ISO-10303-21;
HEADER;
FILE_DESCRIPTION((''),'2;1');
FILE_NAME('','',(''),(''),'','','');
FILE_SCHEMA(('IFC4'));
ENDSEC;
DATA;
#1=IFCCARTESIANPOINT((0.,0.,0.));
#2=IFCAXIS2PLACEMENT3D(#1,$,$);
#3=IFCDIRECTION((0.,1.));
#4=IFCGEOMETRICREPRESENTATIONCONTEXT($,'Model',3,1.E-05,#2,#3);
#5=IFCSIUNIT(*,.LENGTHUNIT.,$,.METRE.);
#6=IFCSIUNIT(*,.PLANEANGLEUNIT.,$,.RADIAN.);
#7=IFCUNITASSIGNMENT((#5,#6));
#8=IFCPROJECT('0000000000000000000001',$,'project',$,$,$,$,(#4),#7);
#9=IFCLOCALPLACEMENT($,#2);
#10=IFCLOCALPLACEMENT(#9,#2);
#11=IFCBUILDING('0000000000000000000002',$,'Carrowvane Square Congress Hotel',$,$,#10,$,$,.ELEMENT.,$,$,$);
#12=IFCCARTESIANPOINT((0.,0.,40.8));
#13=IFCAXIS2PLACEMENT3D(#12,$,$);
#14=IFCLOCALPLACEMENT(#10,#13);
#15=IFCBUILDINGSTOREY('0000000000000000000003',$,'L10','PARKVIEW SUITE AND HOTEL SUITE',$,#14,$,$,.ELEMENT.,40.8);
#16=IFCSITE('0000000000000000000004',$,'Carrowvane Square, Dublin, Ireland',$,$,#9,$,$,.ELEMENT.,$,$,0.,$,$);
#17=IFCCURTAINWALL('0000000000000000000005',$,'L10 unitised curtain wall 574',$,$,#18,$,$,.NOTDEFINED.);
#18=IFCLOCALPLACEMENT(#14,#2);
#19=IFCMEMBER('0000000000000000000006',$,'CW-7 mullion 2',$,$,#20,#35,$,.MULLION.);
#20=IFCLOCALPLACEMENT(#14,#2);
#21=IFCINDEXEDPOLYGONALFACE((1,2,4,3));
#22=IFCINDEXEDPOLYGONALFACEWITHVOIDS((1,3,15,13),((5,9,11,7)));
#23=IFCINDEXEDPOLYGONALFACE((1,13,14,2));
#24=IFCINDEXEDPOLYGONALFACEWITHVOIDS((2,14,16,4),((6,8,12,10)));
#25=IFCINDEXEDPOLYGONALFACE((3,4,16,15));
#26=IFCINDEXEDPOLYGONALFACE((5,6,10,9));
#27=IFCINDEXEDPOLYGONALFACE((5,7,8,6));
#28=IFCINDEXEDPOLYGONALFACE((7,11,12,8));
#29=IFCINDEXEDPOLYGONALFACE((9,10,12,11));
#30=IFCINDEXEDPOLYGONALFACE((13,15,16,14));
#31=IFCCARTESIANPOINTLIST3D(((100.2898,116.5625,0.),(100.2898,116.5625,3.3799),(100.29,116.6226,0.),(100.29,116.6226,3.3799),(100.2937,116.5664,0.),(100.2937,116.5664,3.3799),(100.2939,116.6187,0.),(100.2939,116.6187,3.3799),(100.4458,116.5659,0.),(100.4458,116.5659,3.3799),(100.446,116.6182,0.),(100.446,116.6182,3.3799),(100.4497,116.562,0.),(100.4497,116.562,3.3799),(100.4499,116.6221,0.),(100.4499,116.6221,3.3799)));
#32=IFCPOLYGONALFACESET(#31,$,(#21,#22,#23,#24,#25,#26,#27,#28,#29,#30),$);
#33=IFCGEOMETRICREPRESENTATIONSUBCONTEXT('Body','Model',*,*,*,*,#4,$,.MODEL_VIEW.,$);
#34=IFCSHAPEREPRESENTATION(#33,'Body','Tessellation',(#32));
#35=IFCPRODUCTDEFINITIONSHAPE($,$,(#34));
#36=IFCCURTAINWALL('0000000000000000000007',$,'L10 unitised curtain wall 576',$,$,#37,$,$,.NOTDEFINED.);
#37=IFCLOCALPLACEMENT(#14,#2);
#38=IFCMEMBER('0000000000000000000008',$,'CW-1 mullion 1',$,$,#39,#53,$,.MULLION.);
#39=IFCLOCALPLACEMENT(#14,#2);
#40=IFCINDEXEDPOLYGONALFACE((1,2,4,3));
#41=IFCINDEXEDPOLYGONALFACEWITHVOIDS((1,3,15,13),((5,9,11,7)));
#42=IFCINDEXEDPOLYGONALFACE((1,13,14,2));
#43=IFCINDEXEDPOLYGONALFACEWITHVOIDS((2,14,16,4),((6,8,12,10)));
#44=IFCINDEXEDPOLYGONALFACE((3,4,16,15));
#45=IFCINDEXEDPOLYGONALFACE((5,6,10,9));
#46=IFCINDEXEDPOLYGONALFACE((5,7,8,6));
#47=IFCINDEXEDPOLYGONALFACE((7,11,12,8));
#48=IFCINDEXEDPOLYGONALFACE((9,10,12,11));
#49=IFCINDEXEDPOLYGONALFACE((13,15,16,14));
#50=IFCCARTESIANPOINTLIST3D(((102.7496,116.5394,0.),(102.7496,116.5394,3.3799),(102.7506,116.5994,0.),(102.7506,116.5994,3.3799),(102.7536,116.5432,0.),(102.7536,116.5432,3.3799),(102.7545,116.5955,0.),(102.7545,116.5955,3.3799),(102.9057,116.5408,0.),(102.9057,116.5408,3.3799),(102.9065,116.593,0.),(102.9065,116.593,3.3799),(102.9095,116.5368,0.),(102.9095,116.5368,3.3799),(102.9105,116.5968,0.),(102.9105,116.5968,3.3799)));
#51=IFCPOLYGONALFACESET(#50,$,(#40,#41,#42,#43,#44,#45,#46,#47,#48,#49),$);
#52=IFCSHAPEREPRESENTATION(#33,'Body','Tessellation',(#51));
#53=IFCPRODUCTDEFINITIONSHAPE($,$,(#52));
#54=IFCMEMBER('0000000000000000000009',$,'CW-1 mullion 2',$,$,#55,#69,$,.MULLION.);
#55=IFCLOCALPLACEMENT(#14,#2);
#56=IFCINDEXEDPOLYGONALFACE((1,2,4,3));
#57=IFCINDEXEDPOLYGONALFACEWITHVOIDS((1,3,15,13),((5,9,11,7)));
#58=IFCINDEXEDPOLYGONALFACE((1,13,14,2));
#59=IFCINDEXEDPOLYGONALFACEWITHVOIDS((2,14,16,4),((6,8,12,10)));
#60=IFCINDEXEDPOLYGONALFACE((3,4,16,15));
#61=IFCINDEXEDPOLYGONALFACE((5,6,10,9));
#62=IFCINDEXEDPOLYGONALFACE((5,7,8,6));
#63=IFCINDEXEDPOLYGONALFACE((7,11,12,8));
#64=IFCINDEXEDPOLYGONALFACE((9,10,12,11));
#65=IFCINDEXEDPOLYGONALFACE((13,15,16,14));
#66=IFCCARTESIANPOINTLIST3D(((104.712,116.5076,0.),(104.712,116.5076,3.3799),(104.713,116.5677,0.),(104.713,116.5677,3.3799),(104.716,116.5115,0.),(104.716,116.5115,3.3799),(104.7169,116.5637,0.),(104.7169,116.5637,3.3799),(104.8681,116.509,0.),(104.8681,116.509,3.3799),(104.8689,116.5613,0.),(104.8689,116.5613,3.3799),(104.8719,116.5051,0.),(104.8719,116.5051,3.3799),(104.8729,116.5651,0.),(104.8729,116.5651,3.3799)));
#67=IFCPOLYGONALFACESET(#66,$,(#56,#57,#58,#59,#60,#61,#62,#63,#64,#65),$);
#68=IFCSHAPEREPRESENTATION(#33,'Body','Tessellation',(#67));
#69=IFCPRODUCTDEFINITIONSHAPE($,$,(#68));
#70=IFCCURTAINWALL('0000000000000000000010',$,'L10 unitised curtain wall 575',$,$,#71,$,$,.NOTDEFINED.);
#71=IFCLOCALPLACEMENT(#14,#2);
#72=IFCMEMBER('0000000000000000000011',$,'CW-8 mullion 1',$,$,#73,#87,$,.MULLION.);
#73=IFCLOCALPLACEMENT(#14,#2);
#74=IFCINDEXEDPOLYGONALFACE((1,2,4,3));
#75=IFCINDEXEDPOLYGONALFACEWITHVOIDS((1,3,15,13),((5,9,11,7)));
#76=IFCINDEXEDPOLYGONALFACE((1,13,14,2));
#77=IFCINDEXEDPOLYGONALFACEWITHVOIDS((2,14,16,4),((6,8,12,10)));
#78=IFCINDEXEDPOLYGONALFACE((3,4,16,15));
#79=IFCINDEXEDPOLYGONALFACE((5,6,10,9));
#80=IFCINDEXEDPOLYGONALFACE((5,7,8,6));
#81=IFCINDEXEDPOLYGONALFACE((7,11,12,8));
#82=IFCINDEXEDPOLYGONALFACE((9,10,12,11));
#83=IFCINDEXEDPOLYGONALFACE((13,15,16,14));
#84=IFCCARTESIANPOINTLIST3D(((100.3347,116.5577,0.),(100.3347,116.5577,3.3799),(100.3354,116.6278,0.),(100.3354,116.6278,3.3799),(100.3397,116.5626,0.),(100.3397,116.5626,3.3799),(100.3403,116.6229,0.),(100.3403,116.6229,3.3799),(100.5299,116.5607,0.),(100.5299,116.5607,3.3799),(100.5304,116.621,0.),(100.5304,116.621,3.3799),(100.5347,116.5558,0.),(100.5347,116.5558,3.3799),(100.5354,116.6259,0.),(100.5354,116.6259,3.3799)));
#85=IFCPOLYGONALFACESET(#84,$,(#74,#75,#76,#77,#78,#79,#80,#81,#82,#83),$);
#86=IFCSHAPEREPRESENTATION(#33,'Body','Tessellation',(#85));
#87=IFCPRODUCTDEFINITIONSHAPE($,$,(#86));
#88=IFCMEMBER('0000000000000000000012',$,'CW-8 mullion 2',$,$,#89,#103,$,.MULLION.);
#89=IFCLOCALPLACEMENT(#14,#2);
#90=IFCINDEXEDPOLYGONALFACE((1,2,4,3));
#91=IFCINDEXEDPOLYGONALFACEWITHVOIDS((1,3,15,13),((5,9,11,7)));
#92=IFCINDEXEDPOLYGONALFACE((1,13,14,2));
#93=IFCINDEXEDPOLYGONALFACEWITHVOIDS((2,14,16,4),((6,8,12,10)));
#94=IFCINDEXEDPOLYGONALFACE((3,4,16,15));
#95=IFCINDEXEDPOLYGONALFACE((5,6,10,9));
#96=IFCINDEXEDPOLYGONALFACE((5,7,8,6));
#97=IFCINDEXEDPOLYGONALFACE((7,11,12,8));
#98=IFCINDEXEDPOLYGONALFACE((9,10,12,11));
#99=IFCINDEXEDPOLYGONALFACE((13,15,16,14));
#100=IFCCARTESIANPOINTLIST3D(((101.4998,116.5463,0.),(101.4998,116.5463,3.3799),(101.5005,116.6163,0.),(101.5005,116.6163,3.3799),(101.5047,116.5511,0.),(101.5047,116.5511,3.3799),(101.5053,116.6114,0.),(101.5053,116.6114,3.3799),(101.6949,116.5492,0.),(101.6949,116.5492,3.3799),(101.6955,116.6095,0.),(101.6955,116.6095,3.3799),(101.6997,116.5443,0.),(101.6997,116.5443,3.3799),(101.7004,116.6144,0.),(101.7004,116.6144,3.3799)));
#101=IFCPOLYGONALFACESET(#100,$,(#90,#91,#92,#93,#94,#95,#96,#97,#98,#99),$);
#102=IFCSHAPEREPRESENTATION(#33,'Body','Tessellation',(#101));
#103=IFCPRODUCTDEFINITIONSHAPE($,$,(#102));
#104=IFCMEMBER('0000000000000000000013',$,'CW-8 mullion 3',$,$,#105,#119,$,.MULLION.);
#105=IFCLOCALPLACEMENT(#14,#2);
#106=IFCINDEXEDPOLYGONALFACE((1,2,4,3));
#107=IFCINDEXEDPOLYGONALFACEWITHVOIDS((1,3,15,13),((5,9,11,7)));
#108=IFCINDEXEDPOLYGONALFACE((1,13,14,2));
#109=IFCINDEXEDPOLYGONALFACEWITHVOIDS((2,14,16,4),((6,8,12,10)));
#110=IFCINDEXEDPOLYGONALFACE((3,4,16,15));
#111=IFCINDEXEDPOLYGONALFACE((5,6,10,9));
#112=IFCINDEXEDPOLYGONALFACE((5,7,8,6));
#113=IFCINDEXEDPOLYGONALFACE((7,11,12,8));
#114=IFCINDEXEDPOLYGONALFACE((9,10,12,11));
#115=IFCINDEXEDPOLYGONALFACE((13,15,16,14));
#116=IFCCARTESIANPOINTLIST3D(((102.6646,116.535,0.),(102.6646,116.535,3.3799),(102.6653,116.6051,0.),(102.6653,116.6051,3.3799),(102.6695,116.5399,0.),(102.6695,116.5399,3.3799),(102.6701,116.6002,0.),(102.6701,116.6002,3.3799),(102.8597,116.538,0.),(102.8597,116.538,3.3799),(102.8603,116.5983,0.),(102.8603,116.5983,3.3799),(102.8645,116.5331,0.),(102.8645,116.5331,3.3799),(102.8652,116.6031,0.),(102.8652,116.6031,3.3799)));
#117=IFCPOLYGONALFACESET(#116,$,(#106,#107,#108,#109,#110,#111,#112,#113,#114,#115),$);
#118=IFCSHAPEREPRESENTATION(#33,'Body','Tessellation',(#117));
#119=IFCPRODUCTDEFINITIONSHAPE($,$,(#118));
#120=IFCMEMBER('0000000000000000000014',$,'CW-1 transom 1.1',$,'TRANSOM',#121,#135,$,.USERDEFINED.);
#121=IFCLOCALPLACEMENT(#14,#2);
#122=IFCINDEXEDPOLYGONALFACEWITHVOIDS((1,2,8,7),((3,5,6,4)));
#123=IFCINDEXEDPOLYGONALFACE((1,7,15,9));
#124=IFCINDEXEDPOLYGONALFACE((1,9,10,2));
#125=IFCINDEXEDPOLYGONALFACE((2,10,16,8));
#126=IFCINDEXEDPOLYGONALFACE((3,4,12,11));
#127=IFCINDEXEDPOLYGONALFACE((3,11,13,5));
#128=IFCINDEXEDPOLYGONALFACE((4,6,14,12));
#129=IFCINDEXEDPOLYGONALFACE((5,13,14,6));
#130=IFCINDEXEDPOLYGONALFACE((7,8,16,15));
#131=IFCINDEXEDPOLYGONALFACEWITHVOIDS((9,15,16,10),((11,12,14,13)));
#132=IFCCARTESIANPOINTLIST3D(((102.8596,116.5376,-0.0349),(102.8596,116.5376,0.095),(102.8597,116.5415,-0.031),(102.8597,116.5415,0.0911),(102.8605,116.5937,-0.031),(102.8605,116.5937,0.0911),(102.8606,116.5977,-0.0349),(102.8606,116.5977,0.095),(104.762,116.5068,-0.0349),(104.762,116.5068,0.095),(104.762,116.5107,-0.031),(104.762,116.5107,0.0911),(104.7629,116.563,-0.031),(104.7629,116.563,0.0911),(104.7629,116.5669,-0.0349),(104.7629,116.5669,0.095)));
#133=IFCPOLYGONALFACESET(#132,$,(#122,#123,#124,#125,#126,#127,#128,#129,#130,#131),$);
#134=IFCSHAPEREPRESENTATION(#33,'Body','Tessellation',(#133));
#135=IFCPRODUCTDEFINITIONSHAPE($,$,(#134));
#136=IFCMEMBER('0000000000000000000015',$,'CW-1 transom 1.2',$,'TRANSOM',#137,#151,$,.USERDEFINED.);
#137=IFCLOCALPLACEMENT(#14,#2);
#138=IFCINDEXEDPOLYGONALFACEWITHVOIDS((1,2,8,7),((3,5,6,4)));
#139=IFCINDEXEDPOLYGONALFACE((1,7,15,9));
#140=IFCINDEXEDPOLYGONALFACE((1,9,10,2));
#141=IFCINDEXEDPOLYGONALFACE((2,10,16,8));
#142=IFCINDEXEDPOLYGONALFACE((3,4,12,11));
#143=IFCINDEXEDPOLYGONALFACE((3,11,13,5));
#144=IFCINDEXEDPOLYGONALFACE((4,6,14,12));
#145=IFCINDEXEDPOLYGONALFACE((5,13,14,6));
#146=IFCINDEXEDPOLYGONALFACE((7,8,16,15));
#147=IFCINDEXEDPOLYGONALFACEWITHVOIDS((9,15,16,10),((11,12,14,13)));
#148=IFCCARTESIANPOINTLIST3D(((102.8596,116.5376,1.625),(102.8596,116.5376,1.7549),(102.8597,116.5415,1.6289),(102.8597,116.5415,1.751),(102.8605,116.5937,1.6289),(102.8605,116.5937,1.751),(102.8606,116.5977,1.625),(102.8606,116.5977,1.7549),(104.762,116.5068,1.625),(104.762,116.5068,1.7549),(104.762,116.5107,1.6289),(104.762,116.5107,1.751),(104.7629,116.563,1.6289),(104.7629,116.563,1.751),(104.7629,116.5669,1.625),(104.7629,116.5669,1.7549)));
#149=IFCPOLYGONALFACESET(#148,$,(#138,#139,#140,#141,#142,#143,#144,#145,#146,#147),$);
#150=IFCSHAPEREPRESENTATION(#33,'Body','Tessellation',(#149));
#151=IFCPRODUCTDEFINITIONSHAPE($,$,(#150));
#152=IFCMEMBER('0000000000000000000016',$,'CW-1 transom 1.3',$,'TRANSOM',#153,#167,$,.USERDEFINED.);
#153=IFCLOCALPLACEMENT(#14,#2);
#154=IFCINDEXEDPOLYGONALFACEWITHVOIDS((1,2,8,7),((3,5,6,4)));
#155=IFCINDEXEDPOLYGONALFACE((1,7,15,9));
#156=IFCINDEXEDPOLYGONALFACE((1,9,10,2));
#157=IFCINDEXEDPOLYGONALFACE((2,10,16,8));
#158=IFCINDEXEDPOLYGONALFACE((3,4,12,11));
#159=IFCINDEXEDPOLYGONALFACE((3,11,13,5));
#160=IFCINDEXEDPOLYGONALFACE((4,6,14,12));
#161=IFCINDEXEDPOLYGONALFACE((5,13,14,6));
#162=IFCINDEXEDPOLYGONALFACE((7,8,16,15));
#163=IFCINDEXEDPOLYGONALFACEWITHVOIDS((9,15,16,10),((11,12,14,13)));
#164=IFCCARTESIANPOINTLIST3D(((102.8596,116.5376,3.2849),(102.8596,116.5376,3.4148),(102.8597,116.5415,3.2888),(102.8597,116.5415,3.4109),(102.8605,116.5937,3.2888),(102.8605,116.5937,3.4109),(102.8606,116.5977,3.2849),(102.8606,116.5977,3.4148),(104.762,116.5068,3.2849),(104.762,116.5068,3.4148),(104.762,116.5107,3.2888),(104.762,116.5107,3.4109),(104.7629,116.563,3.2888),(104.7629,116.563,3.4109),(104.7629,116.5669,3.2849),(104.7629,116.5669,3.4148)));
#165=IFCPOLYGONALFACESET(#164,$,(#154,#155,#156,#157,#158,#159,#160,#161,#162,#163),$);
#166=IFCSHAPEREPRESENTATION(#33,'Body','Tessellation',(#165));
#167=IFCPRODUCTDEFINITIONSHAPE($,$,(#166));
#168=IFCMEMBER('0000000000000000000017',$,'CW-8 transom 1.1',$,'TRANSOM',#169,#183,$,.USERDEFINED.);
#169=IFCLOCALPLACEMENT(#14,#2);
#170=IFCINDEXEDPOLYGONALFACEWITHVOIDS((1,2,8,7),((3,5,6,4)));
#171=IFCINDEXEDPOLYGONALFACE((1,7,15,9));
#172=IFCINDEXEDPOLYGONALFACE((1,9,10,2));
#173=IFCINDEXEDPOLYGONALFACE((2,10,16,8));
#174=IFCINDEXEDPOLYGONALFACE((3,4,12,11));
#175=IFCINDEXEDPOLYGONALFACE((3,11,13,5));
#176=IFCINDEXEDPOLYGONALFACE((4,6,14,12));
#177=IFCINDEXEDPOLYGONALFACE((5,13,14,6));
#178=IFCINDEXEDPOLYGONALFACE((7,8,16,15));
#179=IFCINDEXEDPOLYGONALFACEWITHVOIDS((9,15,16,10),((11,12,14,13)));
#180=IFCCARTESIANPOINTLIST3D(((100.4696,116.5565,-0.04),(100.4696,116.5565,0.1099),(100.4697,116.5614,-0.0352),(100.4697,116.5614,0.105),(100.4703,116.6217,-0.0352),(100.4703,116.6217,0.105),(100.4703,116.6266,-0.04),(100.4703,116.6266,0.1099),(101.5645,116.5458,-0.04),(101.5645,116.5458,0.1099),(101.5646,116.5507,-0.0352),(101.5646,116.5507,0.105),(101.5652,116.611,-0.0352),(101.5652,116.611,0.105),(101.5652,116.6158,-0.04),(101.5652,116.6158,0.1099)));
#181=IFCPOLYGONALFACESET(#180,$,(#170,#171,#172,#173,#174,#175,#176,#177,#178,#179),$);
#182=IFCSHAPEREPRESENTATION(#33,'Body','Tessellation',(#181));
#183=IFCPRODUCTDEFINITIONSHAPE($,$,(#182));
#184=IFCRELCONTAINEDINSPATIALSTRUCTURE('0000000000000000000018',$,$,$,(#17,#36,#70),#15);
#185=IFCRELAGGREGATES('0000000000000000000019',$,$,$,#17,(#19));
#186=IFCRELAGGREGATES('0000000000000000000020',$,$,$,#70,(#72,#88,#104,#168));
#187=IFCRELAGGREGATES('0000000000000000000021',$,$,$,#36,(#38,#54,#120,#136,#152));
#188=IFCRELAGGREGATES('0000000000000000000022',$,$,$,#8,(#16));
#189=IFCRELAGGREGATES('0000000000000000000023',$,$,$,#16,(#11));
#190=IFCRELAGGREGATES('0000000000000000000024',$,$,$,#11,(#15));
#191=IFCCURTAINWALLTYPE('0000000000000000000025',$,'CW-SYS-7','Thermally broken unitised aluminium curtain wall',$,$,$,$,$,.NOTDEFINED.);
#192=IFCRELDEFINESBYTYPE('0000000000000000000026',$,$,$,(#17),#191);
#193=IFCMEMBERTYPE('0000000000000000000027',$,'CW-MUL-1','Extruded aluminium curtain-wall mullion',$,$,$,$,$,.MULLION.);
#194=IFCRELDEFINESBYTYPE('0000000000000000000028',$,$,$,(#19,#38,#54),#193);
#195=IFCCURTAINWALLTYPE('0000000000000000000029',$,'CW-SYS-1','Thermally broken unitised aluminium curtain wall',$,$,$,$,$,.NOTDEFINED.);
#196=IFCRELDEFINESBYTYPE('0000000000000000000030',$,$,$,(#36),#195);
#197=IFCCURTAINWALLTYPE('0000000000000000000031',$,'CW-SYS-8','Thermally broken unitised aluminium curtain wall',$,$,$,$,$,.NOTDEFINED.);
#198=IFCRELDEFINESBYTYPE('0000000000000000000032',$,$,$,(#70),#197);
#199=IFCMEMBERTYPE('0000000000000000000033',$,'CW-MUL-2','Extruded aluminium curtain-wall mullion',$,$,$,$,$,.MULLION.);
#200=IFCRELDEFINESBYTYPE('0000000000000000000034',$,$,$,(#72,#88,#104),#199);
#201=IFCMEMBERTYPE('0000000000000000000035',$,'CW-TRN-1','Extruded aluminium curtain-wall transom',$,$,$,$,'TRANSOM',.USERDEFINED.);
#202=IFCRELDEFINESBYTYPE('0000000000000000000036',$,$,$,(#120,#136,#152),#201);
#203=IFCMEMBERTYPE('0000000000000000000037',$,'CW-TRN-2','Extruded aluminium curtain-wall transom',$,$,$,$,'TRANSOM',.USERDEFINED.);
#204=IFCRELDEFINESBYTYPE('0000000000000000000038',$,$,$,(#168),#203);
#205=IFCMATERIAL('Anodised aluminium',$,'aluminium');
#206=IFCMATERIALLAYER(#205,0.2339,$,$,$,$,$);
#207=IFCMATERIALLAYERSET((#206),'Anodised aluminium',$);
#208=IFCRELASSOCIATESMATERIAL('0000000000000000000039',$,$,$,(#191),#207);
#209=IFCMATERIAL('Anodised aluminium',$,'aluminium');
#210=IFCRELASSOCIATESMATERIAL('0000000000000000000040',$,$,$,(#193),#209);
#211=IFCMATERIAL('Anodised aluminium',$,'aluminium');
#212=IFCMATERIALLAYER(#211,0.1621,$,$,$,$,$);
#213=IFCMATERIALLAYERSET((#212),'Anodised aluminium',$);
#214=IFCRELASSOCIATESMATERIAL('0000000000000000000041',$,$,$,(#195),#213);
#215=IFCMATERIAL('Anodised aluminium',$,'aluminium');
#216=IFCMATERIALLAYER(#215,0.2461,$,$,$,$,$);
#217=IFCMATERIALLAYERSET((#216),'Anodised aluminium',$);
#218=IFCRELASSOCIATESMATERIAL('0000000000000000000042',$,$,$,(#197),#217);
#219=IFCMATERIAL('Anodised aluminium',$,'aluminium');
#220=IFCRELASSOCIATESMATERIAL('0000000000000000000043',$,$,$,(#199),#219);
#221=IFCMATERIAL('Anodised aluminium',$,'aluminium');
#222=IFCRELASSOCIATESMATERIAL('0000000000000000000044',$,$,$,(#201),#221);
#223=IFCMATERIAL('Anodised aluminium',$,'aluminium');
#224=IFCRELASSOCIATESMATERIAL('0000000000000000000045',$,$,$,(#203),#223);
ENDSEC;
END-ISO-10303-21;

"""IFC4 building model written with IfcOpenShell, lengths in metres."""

from ifc_helpers import new_model, si_unit, direction, frame, origin, origin_2d, place, context, subcontext, project, spatial, hollow_rectangle, extrude, material, layer, layer_set, material_profile, profile_set, type_object, element, aggregate, save


model = new_model("IFC4")

# Units and contexts
model_context = context("Model", 3, precision=1e-05, world=origin(), true_north=direction((0.0, 1.0)))
body_context = subcontext(model_context, "Body", "Model", "MODEL_VIEW")
ifc_project = project(units=[si_unit("LENGTHUNIT", "METRE"), si_unit("PLANEANGLEUNIT", "RADIAN")], contexts=[model_context])

# Site, building, storey
site_placement = place(None, origin())
site = spatial("IfcSite", under=ifc_project, at=site_placement, Name="Carrowvane Square, Dublin, Ireland", CompositionType="ELEMENT", RefElevation=0.0)
building_placement = place(site_placement, origin())
building = spatial("IfcBuilding", under=site, at=building_placement, Name="Carrowvane Square Congress Hotel", CompositionType="ELEMENT")
storey_placement = place(building_placement, frame((0.0, 0.0, 40.8)))
storey = spatial("IfcBuildingStorey", under=building, at=storey_placement, Name="L10", Description="PARKVIEW SUITE AND HOTEL SUITE", CompositionType="ELEMENT", Elevation=40.8)

# Curtain wall, member
ifc_material_1 = material(Name="Anodised aluminium", Category="aluminium")
ifc_layer_1 = layer(ifc_material_1, 0.2339)
ifc_layer_set_1 = layer_set([ifc_layer_1], Name="Anodised aluminium")
curtain_wall_type_1 = type_object("IfcCurtainWallType", Name="CW-SYS-7", Description="Thermally broken unitised aluminium curtain wall", PredefinedType="NOTDEFINED", material=ifc_layer_set_1)
curtain_wall_1_placement = place(storey_placement, origin())
curtain_wall_1 = element("IfcCurtainWall", 1, at=curtain_wall_1_placement, inside=storey, type_object=curtain_wall_type_1, Name="L10 unitised curtain wall 574", PredefinedType="NOTDEFINED")
ifc_material_2 = material(Name="Anodised aluminium", Category="aluminium")
ifc_material_profile_1 = material_profile(ifc_material_2, hollow_rectangle(XDim=0.0601, YDim=0.1599, WallThickness=0.0039, at=origin_2d()), Name="CW-ML 60x160x4")
ifc_profile_set_1 = profile_set([ifc_material_profile_1], Name="Anodised aluminium")
member_type_1 = type_object("IfcMemberType", Name="CW-MUL-1", Description="Extruded aluminium curtain-wall mullion", PredefinedType="MULLION", material=ifc_profile_set_1)
member_1_placement = place(storey_placement, frame((100.3699, 116.5923, 0.0), z_axis=(0.0, 0.0, 1.0), x_axis=(0.00327, 0.999995, 0.0)))
member_1 = element("IfcMember", 2, at=member_1_placement, type_object=member_type_1, Name="CW-7 mullion 2", PredefinedType="MULLION", context=body_context, shape_type="SweptSolid", body=[
    extrude(hollow_rectangle(XDim=0.0601, YDim=0.1599, WallThickness=0.0039, at=origin_2d()), origin(), (0.0, 0.0, 1.0), 3.3799),
])
aggregate(curtain_wall_1, [member_1])

# Curtain walls, members
ifc_material_3 = material(Name="Anodised aluminium", Category="aluminium")
ifc_layer_2 = layer(ifc_material_3, 0.1621)
ifc_layer_set_2 = layer_set([ifc_layer_2], Name="Anodised aluminium")
curtain_wall_type_2 = type_object("IfcCurtainWallType", Name="CW-SYS-1", Description="Thermally broken unitised aluminium curtain wall", PredefinedType="NOTDEFINED", material=ifc_layer_set_2)
curtain_wall_2_placement = place(storey_placement, origin())
curtain_wall_2 = element("IfcCurtainWall", 3, at=curtain_wall_2_placement, inside=storey, type_object=curtain_wall_type_2, Name="L10 unitised curtain wall 576", PredefinedType="NOTDEFINED")
member_2_placement = place(storey_placement, frame((102.8301, 116.5681, 0.0), z_axis=(0.0, 0.0, 1.0), x_axis=(0.016216, 0.999869, 0.0)))
member_2 = element("IfcMember", 4, at=member_2_placement, type_object=member_type_1, Name="CW-1 mullion 1", PredefinedType="MULLION", context=body_context, shape_type="SweptSolid", body=[
    extrude(hollow_rectangle(XDim=0.0601, YDim=0.1599, WallThickness=0.0039, at=origin_2d()), origin(), (0.0, 0.0, 1.0), 3.3799),
])
member_3_placement = place(storey_placement, frame((104.7925, 116.5364, 0.0), z_axis=(0.0, 0.0, 1.0), x_axis=(0.016216, 0.999869, 0.0)))
member_3 = element("IfcMember", 5, at=member_3_placement, type_object=member_type_1, Name="CW-1 mullion 2", PredefinedType="MULLION", context=body_context, shape_type="SweptSolid", body=[
    extrude(hollow_rectangle(XDim=0.0601, YDim=0.1599, WallThickness=0.0039, at=origin_2d()), origin(), (0.0, 0.0, 1.0), 3.3799),
])
ifc_material_4 = material(Name="Anodised aluminium", Category="aluminium")
ifc_layer_3 = layer(ifc_material_4, 0.2461)
ifc_layer_set_3 = layer_set([ifc_layer_3], Name="Anodised aluminium")
curtain_wall_type_3 = type_object("IfcCurtainWallType", Name="CW-SYS-8", Description="Thermally broken unitised aluminium curtain wall", PredefinedType="NOTDEFINED", material=ifc_layer_set_3)
curtain_wall_3_placement = place(storey_placement, origin())
curtain_wall_3 = element("IfcCurtainWall", 6, at=curtain_wall_3_placement, inside=storey, type_object=curtain_wall_type_3, Name="L10 unitised curtain wall 575", PredefinedType="NOTDEFINED")
ifc_material_5 = material(Name="Anodised aluminium", Category="aluminium")
ifc_material_profile_2 = material_profile(ifc_material_5, hollow_rectangle(XDim=0.0701, YDim=0.2, WallThickness=0.0049, at=origin_2d()), Name="CW-ML 70x200x5")
ifc_profile_set_2 = profile_set([ifc_material_profile_2], Name="Anodised aluminium")
member_type_2 = type_object("IfcMemberType", Name="CW-MUL-2", Description="Extruded aluminium curtain-wall mullion", PredefinedType="MULLION", material=ifc_profile_set_2)
member_4_placement = place(storey_placement, frame((100.4351, 116.5918, 0.0), z_axis=(0.0, 0.0, 1.0), x_axis=(0.009783, 0.999952, 0.0)))
member_4 = element("IfcMember", 7, at=member_4_placement, type_object=member_type_2, Name="CW-8 mullion 1", PredefinedType="MULLION", context=body_context, shape_type="SweptSolid", body=[
    extrude(hollow_rectangle(XDim=0.0701, YDim=0.2, WallThickness=0.0049, at=origin_2d()), origin(), (0.0, 0.0, 1.0), 3.3799),
])
member_5_placement = place(storey_placement, frame((101.6001, 116.5803, 0.0), z_axis=(0.0, 0.0, 1.0), x_axis=(0.009783, 0.999952, 0.0)))
member_5 = element("IfcMember", 8, at=member_5_placement, type_object=member_type_2, Name="CW-8 mullion 2", PredefinedType="MULLION", context=body_context, shape_type="SweptSolid", body=[
    extrude(hollow_rectangle(XDim=0.0701, YDim=0.2, WallThickness=0.0049, at=origin_2d()), origin(), (0.0, 0.0, 1.0), 3.3799),
])
member_6_placement = place(storey_placement, frame((102.7649, 116.5691, 0.0), z_axis=(0.0, 0.0, 1.0), x_axis=(0.009783, 0.999952, 0.0)))
member_6 = element("IfcMember", 9, at=member_6_placement, type_object=member_type_2, Name="CW-8 mullion 3", PredefinedType="MULLION", context=body_context, shape_type="SweptSolid", body=[
    extrude(hollow_rectangle(XDim=0.0701, YDim=0.2, WallThickness=0.0049, at=origin_2d()), origin(), (0.0, 0.0, 1.0), 3.3799),
])

# Members
ifc_material_6 = material(Name="Anodised aluminium", Category="aluminium")
ifc_material_profile_3 = material_profile(ifc_material_6, hollow_rectangle(XDim=0.0601, YDim=0.1299, WallThickness=0.0039, at=origin_2d()), Name="CW-TR 60x130x4")
ifc_profile_set_3 = profile_set([ifc_material_profile_3], Name="Anodised aluminium")
member_type_3 = type_object("IfcMemberType", Name="CW-TRN-1", Description="Extruded aluminium curtain-wall transom", ElementType="TRANSOM", PredefinedType="USERDEFINED", material=ifc_profile_set_3)
member_7_placement = place(storey_placement, frame((102.8601, 116.5676, 0.03), z_axis=(0.999869, -0.016168, 0.0), x_axis=(0.016168, 0.999869, 0.0)))
member_7 = element("IfcMember", 10, at=member_7_placement, type_object=member_type_3, Name="CW-1 transom 1.1", ObjectType="TRANSOM", PredefinedType="USERDEFINED", context=body_context, shape_type="SweptSolid", body=[
    extrude(hollow_rectangle(XDim=0.0601, YDim=0.1299, WallThickness=0.0039, at=origin_2d()), origin(), (0.0, 0.0, 1.0), 1.9026),
])
member_8_placement = place(storey_placement, frame((102.8601, 116.5676, 1.6899), z_axis=(0.999869, -0.016168, 0.0), x_axis=(0.016168, 0.999869, 0.0)))
member_8 = element("IfcMember", 11, at=member_8_placement, type_object=member_type_3, Name="CW-1 transom 1.2", ObjectType="TRANSOM", PredefinedType="USERDEFINED", context=body_context, shape_type="SweptSolid", body=[
    extrude(hollow_rectangle(XDim=0.0601, YDim=0.1299, WallThickness=0.0039, at=origin_2d()), origin(), (0.0, 0.0, 1.0), 1.9026),
])
member_9_placement = place(storey_placement, frame((102.8601, 116.5676, 3.3499), z_axis=(0.999869, -0.016168, 0.0), x_axis=(0.016168, 0.999869, 0.0)))
member_9 = element("IfcMember", 12, at=member_9_placement, type_object=member_type_3, Name="CW-1 transom 1.3", ObjectType="TRANSOM", PredefinedType="USERDEFINED", context=body_context, shape_type="SweptSolid", body=[
    extrude(hollow_rectangle(XDim=0.0601, YDim=0.1299, WallThickness=0.0039, at=origin_2d()), origin(), (0.0, 0.0, 1.0), 1.9026),
])
ifc_material_7 = material(Name="Anodised aluminium", Category="aluminium")
ifc_material_profile_4 = material_profile(ifc_material_7, hollow_rectangle(XDim=0.0701, YDim=0.1499, WallThickness=0.0049, at=origin_2d()), Name="CW-TR 70x150x5")
ifc_profile_set_4 = profile_set([ifc_material_profile_4], Name="Anodised aluminium")
member_type_4 = type_object("IfcMemberType", Name="CW-TRN-2", Description="Extruded aluminium curtain-wall transom", ElementType="TRANSOM", PredefinedType="USERDEFINED", material=ifc_profile_set_4)
member_10_placement = place(storey_placement, frame((100.47, 116.5916, 0.0349), z_axis=(0.999952, -0.00981, 0.0), x_axis=(0.00981, 0.999952, 0.0)))
member_10 = element("IfcMember", 13, at=member_10_placement, type_object=member_type_4, Name="CW-8 transom 1.1", ObjectType="TRANSOM", PredefinedType="USERDEFINED", context=body_context, shape_type="SweptSolid", body=[
    extrude(hollow_rectangle(XDim=0.0701, YDim=0.1499, WallThickness=0.0049, at=origin_2d()), origin(), (0.0, 0.0, 1.0), 1.095),
])

aggregate(curtain_wall_3, [member_4, member_5, member_6, member_10])
aggregate(curtain_wall_2, [member_2, member_3, member_7, member_8, member_9])

save(model, "model.ifc")
